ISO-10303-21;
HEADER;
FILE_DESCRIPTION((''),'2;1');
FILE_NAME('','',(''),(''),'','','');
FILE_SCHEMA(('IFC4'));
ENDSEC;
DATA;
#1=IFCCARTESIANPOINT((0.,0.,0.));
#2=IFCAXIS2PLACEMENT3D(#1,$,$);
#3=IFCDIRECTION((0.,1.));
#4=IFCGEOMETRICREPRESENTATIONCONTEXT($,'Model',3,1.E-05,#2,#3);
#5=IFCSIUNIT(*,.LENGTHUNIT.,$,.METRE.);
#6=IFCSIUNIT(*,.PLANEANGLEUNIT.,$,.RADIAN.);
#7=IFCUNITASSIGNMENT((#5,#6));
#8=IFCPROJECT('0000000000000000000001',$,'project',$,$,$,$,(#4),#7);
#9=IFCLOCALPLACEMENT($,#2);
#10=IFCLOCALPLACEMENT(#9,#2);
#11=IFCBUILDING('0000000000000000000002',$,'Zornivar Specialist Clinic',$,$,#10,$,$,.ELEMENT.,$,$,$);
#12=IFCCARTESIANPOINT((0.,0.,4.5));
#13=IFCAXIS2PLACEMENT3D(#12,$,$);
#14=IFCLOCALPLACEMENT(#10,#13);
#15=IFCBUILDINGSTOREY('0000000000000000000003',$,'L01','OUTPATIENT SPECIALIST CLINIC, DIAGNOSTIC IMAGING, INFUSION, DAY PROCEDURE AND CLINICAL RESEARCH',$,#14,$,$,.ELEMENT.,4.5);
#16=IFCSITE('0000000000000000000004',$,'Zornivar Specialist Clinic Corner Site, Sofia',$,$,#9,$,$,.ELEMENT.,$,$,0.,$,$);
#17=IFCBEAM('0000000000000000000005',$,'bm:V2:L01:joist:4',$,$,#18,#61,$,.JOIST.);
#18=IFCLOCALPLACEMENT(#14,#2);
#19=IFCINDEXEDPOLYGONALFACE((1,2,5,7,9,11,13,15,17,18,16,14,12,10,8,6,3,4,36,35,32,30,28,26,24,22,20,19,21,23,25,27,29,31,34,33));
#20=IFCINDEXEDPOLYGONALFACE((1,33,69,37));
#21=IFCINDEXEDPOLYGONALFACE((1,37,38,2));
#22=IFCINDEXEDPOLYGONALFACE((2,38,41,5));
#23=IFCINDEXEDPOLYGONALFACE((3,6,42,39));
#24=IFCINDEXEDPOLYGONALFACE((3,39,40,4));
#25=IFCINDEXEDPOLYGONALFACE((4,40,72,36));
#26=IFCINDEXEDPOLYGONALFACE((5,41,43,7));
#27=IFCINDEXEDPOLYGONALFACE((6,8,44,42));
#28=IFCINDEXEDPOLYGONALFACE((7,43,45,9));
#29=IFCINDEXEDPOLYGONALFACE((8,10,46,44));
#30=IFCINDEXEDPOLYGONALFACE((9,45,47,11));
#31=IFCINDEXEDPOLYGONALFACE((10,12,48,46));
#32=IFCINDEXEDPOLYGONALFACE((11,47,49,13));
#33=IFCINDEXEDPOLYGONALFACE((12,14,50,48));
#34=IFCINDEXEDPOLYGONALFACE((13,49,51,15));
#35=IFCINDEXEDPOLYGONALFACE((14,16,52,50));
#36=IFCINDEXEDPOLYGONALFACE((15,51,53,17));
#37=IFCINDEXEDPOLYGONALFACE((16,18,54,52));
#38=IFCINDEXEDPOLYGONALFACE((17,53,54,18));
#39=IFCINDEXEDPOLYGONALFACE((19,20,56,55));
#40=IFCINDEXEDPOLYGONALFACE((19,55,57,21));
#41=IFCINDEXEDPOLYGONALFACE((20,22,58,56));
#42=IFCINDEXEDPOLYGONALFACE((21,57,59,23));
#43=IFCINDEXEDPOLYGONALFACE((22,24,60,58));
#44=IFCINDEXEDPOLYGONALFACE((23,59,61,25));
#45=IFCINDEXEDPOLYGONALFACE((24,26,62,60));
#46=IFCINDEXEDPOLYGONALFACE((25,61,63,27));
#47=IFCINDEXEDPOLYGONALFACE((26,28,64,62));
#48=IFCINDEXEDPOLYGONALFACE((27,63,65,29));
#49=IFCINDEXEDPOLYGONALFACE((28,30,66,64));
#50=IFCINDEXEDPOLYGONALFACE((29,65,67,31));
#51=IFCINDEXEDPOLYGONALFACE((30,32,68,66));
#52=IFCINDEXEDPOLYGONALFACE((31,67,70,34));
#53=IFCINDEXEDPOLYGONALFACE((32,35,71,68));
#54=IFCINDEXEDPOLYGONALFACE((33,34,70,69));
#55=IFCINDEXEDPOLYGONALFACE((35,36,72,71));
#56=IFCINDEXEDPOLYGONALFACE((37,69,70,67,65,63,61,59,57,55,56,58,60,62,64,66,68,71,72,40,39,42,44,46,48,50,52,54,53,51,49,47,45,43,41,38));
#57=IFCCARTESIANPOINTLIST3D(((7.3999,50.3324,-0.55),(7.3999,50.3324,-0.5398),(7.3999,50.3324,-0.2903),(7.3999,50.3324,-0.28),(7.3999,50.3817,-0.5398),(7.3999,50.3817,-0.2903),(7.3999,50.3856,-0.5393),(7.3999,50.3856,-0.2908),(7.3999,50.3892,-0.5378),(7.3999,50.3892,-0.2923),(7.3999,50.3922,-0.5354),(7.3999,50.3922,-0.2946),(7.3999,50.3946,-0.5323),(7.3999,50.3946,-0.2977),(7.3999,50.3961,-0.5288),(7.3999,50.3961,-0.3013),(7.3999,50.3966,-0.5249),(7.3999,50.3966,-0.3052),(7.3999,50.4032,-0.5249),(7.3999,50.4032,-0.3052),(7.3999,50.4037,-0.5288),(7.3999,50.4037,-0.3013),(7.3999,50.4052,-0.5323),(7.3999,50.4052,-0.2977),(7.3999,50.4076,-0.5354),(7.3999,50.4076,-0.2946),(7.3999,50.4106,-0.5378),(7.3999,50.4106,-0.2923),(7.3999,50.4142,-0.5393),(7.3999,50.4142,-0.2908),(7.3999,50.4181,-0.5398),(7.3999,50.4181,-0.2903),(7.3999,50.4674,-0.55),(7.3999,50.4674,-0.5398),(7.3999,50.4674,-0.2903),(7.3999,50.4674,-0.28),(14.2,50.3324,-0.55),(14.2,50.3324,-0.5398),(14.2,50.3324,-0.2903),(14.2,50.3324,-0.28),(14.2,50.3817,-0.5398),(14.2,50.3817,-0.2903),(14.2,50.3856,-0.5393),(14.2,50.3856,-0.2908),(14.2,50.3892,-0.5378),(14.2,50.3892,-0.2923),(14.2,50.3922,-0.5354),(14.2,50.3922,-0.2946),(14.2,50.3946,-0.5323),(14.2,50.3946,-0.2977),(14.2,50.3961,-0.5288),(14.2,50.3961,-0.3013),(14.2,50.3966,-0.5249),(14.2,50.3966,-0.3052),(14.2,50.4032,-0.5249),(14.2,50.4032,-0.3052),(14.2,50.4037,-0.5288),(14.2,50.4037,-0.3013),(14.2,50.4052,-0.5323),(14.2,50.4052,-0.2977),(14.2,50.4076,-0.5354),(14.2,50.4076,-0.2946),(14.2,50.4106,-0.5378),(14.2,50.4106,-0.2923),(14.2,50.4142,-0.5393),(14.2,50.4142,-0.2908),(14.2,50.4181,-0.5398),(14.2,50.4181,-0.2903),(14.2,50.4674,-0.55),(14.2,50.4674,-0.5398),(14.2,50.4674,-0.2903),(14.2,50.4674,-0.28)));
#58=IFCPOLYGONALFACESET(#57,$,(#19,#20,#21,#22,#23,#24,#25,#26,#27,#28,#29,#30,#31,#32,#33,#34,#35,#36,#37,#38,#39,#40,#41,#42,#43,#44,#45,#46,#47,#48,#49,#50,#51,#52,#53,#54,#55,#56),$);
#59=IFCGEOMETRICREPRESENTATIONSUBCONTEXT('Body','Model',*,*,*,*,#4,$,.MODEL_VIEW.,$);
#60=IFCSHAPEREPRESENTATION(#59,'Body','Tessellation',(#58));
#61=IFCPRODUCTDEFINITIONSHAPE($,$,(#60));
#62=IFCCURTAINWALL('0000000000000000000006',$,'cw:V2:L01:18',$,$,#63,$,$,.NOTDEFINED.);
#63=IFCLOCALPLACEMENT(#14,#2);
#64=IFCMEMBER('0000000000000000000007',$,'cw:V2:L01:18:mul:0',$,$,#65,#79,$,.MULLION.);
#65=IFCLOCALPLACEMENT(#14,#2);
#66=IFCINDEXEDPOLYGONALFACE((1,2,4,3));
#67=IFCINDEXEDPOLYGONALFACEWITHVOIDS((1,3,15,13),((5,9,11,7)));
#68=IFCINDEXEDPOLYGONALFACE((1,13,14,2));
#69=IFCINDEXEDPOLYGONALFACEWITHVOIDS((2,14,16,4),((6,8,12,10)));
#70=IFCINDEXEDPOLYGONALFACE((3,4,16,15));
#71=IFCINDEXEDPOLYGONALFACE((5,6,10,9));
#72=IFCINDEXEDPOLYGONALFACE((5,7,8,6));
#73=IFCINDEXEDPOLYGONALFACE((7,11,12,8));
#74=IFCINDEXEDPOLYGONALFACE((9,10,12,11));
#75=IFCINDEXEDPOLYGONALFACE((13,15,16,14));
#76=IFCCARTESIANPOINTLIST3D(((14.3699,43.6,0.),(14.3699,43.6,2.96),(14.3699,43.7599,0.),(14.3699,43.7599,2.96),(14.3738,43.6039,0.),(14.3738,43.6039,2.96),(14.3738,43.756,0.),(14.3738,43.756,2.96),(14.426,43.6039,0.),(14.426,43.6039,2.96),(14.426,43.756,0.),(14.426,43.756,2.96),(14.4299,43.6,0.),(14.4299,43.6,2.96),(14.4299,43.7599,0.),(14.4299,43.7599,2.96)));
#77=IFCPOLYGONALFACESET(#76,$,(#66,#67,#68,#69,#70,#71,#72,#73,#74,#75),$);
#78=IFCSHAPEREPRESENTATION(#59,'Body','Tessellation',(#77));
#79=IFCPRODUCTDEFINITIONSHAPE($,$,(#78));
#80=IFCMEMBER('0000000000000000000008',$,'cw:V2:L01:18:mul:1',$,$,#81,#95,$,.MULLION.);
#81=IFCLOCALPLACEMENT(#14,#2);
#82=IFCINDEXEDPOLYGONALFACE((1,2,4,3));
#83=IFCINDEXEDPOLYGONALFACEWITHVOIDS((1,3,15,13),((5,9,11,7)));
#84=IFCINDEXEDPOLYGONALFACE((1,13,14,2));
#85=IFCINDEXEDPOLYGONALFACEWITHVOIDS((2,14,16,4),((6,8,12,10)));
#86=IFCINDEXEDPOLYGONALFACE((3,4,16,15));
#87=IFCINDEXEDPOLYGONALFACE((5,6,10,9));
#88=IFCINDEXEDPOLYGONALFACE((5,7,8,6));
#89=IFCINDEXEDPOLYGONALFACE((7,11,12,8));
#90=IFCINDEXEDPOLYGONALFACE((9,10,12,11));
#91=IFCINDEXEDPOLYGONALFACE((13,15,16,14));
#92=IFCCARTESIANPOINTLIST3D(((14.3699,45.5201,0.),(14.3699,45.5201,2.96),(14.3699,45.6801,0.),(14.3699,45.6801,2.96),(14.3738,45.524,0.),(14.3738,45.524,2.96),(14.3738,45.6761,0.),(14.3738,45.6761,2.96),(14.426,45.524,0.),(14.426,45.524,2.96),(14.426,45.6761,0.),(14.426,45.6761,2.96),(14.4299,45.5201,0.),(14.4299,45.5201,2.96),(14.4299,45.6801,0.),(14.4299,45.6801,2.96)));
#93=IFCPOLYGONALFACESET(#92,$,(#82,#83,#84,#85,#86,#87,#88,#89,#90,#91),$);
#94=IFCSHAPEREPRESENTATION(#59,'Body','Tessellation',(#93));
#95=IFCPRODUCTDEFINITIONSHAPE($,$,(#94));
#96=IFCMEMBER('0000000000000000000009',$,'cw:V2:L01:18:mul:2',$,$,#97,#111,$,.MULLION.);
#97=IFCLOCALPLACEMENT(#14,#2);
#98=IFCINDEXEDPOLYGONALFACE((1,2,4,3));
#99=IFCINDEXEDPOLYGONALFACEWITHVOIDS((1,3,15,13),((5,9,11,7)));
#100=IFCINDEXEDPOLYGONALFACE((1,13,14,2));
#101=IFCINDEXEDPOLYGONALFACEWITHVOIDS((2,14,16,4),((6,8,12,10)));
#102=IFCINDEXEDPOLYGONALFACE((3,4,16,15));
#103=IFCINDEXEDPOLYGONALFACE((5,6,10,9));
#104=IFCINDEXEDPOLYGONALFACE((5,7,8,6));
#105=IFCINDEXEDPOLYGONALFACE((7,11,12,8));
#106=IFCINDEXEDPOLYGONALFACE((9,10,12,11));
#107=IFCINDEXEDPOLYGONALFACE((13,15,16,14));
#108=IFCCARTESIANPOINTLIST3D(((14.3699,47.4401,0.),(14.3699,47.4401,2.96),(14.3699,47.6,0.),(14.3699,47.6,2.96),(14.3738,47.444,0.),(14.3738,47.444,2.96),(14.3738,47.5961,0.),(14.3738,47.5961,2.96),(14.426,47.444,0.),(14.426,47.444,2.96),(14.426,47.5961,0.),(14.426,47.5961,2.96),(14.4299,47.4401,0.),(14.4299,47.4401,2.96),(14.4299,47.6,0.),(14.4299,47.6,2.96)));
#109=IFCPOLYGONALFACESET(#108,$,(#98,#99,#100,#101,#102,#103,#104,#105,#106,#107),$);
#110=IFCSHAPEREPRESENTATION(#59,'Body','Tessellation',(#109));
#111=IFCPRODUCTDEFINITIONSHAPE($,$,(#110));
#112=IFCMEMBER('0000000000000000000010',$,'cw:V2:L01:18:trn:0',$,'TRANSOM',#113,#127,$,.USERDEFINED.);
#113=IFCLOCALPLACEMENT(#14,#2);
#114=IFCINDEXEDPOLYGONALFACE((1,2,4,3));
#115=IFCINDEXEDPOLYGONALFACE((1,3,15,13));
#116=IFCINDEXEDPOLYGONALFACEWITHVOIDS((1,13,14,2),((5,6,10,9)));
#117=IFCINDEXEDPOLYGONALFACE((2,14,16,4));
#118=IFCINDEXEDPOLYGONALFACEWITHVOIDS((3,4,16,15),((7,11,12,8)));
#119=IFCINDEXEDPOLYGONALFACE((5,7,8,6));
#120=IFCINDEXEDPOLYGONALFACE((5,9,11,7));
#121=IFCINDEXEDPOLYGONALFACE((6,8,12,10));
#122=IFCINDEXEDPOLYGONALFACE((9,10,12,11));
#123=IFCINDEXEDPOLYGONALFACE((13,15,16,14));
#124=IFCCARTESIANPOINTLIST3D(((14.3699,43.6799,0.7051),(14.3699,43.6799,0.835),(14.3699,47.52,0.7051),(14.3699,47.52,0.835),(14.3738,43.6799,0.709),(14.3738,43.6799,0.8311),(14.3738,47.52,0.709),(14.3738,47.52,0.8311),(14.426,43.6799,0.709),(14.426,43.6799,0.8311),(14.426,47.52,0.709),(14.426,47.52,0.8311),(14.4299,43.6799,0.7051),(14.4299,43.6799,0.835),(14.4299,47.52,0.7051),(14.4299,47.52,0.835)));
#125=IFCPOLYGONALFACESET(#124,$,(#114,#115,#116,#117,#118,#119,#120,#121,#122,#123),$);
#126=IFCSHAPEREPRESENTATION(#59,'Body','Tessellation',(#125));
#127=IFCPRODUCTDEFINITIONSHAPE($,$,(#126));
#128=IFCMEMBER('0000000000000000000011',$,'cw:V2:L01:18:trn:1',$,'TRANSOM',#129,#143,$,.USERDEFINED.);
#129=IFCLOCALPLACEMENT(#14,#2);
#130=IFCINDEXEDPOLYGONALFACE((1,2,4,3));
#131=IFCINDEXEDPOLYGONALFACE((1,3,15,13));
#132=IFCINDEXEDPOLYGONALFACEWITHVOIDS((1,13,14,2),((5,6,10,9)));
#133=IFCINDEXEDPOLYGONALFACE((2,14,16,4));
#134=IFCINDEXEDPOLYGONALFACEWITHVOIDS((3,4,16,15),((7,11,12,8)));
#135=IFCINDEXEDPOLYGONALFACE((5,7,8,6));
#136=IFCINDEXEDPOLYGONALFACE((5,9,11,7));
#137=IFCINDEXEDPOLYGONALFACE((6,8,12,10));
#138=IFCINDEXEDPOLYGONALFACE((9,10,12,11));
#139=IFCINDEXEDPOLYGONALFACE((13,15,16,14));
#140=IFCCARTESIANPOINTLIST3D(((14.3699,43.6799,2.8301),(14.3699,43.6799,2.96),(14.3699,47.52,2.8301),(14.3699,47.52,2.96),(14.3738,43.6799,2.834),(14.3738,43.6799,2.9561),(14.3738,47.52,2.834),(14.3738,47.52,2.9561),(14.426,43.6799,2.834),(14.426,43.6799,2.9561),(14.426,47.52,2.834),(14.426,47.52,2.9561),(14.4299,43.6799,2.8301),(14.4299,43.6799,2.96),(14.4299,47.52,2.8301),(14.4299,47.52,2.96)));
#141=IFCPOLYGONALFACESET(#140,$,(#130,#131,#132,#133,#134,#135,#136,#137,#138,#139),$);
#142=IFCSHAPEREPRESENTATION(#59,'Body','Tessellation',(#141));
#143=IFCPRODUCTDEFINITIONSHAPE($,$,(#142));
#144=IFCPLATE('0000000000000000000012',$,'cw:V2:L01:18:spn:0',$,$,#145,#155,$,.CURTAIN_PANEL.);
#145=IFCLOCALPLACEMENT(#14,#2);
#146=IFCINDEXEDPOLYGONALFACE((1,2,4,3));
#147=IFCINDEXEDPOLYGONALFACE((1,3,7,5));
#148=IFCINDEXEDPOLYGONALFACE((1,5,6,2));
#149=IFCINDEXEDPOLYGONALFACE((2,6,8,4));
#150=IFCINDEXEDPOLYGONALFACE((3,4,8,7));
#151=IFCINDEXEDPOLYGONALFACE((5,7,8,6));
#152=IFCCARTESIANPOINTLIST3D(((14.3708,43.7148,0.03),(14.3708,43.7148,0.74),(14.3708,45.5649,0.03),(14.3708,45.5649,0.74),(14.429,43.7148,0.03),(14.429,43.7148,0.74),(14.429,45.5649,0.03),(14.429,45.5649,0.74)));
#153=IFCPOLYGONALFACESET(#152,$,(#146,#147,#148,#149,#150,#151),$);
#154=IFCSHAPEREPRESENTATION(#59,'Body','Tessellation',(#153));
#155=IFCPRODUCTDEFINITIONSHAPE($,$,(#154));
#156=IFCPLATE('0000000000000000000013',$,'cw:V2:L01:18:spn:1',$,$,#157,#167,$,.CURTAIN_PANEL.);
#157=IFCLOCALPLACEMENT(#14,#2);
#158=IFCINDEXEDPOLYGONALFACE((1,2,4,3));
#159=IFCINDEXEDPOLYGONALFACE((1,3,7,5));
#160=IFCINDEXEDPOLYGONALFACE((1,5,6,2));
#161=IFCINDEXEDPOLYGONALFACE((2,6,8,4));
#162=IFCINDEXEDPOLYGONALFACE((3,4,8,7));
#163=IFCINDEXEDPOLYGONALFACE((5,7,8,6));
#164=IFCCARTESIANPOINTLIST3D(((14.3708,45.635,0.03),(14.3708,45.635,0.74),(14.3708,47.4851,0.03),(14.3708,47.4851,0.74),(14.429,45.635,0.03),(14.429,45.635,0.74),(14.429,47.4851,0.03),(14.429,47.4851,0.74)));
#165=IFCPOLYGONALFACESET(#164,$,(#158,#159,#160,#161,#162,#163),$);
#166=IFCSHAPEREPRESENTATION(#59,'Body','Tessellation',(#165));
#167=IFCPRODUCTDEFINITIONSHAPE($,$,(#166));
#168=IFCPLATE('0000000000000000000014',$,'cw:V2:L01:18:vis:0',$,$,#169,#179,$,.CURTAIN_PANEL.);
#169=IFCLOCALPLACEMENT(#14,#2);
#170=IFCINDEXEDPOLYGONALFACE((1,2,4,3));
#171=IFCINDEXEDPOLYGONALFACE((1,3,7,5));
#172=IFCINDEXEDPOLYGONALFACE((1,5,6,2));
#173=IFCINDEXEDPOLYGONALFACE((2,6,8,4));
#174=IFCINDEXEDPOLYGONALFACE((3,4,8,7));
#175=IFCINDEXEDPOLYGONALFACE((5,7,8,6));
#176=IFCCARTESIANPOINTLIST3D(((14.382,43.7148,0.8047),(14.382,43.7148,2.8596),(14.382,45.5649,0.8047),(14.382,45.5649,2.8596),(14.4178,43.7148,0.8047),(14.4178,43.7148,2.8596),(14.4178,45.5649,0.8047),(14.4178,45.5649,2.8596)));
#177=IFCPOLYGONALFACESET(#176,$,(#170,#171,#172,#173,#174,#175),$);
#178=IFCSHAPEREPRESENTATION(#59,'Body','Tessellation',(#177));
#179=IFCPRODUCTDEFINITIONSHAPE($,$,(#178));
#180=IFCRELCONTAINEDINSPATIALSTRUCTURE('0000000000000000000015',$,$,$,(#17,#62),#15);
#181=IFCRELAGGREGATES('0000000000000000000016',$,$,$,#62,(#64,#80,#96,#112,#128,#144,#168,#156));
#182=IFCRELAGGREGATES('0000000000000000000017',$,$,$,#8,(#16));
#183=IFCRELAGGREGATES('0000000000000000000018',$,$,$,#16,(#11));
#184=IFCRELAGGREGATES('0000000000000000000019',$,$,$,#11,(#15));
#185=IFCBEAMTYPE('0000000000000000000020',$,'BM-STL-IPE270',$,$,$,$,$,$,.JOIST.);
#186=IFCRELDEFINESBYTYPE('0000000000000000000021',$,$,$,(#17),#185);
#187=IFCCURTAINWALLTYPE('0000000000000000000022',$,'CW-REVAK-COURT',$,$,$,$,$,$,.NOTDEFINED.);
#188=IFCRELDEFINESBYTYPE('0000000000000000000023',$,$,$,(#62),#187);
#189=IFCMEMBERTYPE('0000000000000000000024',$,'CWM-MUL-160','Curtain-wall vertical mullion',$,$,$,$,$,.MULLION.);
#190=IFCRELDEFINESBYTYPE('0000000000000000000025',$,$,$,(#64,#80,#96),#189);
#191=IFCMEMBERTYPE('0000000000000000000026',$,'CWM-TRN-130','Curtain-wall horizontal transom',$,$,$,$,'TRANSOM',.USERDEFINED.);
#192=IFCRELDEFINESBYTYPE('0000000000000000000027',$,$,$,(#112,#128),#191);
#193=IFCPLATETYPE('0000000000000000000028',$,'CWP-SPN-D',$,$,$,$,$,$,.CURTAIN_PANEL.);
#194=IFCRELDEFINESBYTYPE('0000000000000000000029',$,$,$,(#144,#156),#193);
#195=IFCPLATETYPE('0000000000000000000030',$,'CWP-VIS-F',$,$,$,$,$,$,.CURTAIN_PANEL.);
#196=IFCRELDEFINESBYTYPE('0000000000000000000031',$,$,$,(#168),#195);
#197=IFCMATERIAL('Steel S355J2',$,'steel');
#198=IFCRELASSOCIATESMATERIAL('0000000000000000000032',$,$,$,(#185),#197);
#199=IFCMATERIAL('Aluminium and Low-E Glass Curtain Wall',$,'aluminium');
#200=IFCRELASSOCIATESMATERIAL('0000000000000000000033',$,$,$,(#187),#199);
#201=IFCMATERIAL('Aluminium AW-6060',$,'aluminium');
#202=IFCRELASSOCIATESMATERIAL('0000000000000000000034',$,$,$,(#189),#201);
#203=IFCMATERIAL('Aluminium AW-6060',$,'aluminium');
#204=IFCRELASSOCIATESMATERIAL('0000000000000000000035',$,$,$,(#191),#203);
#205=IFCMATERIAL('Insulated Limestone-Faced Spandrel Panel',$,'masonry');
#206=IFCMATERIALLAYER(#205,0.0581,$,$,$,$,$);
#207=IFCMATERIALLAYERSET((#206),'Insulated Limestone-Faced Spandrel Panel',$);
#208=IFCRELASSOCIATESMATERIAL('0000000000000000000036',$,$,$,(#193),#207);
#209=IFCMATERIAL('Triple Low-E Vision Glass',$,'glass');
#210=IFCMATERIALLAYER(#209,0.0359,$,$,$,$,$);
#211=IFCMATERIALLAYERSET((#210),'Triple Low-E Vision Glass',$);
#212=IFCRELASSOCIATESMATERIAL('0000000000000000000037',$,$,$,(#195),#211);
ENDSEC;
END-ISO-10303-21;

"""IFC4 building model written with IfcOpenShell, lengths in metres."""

from ifc_helpers import new_model, si_unit, direction, frame, origin, origin_2d, place, context, subcontext, project, spatial, rectangle, hollow_rectangle, i_section, extrude, material, layer, layer_set, material_profile, profile_set, type_object, element, aggregate, save


model = new_model("IFC4")

# Units and contexts
model_context = context("Model", 3, precision=1e-05, world=origin(), true_north=direction((0.0, 1.0)))
body_context = subcontext(model_context, "Body", "Model", "MODEL_VIEW")
ifc_project = project(units=[si_unit("LENGTHUNIT", "METRE"), si_unit("PLANEANGLEUNIT", "RADIAN")], contexts=[model_context])

# Site, building, storey
site_placement = place(None, origin())
site = spatial("IfcSite", under=ifc_project, at=site_placement, Name="Zornivar Specialist Clinic Corner Site, Sofia", CompositionType="ELEMENT", RefElevation=0.0)
building_placement = place(site_placement, origin())
building = spatial("IfcBuilding", under=site, at=building_placement, Name="Zornivar Specialist Clinic", CompositionType="ELEMENT")
storey_placement = place(building_placement, frame((0.0, 0.0, 4.5)))
storey = spatial("IfcBuildingStorey", under=building, at=storey_placement, Name="L01", Description="OUTPATIENT SPECIALIST CLINIC, DIAGNOSTIC IMAGING, INFUSION, DAY PROCEDURE AND CLINICAL RESEARCH", CompositionType="ELEMENT", Elevation=4.5)

# Beam
ifc_material_1 = material(Name="Steel S355J2", Category="steel")
ifc_material_profile_1 = material_profile(ifc_material_1, i_section(OverallWidth=0.135, OverallDepth=0.27, WebThickness=0.0066, FlangeThickness=0.0103, FilletRadius=0.0149, at=origin_2d()), Name="IPE 270")
ifc_profile_set_1 = profile_set([ifc_material_profile_1], Name="Steel S355J2")
beam_type_1 = type_object("IfcBeamType", Name="BM-STL-IPE270", PredefinedType="JOIST", material=ifc_profile_set_1)
for number, where, z_axis, x_axis, name in (
    (1, (7.3999, 50.3999, -0.415), (1.0, 0.0, 0.0), (0.0, 1.0, 0.0), "bm:V2:L01:joist:4"),
):
    element("IfcBeam", number, at=place(storey_placement, frame(where, z_axis=z_axis, x_axis=x_axis)), inside=storey, type_object=beam_type_1, Name=name, PredefinedType="JOIST", context=body_context, shape_type="SweptSolid", body=[
        extrude(i_section(OverallWidth=0.135, OverallDepth=0.27, WebThickness=0.0066, FlangeThickness=0.0103, FilletRadius=0.0149, at=origin_2d()), origin(), (0.0, 0.0, 1.0), 6.8),
    ])

# Curtain wall, members, plates
ifc_material_2 = material(Name="Aluminium and Low-E Glass Curtain Wall", Category="aluminium")
curtain_wall_type = type_object("IfcCurtainWallType", Name="CW-REVAK-COURT", PredefinedType="NOTDEFINED", material=ifc_material_2)
curtain_wall_placement = place(storey_placement, origin())
curtain_wall = element("IfcCurtainWall", 2, at=curtain_wall_placement, inside=storey, type_object=curtain_wall_type, Name="cw:V2:L01:18", PredefinedType="NOTDEFINED")
ifc_material_3 = material(Name="Aluminium AW-6060", Category="aluminium")
ifc_material_profile_2 = material_profile(ifc_material_3, hollow_rectangle(XDim=0.0601, YDim=0.1599, WallThickness=0.0039, at=origin_2d()), Name="ALU 60x160x4")
ifc_profile_set_2 = profile_set([ifc_material_profile_2], Name="Aluminium AW-6060")
member_type_1 = type_object("IfcMemberType", Name="CWM-MUL-160", Description="Curtain-wall vertical mullion", PredefinedType="MULLION", material=ifc_profile_set_2)
member_1_placement = place(storey_placement, frame((14.3999, 43.6799, 0.0), z_axis=(0.0, 0.0, 1.0), x_axis=(1.0, 0.0, 0.0)))
member_1 = element("IfcMember", 3, at=member_1_placement, type_object=member_type_1, Name="cw:V2:L01:18:mul:0", PredefinedType="MULLION", context=body_context, shape_type="SweptSolid", body=[
    extrude(hollow_rectangle(XDim=0.0601, YDim=0.1599, WallThickness=0.0039, at=origin_2d()), origin(), (0.0, 0.0, 1.0), 2.96),
])
member_2_placement = place(storey_placement, frame((14.3999, 45.6001, 0.0), z_axis=(0.0, 0.0, 1.0), x_axis=(1.0, 0.0, 0.0)))
member_2 = element("IfcMember", 4, at=member_2_placement, type_object=member_type_1, Name="cw:V2:L01:18:mul:1", PredefinedType="MULLION", context=body_context, shape_type="SweptSolid", body=[
    extrude(hollow_rectangle(XDim=0.0601, YDim=0.1599, WallThickness=0.0039, at=origin_2d()), origin(), (0.0, 0.0, 1.0), 2.96),
])
member_3_placement = place(storey_placement, frame((14.3999, 47.52, 0.0), z_axis=(0.0, 0.0, 1.0), x_axis=(1.0, 0.0, 0.0)))
member_3 = element("IfcMember", 5, at=member_3_placement, type_object=member_type_1, Name="cw:V2:L01:18:mul:2", PredefinedType="MULLION", context=body_context, shape_type="SweptSolid", body=[
    extrude(hollow_rectangle(XDim=0.0601, YDim=0.1599, WallThickness=0.0039, at=origin_2d()), origin(), (0.0, 0.0, 1.0), 2.96),
])
ifc_material_4 = material(Name="Aluminium AW-6060", Category="aluminium")
ifc_material_profile_3 = material_profile(ifc_material_4, hollow_rectangle(XDim=0.0601, YDim=0.1299, WallThickness=0.0039, at=origin_2d()), Name="ALU 60x130x4")
ifc_profile_set_3 = profile_set([ifc_material_profile_3], Name="Aluminium AW-6060")
member_type_2 = type_object("IfcMemberType", Name="CWM-TRN-130", Description="Curtain-wall horizontal transom", ElementType="TRANSOM", PredefinedType="USERDEFINED", material=ifc_profile_set_3)
member_4_placement = place(storey_placement, frame((14.3999, 43.6799, 0.77), z_axis=(0.0, 1.0, 0.0), x_axis=(-1.0, 0.0, 0.0)))
member_4 = element("IfcMember", 6, at=member_4_placement, type_object=member_type_2, Name="cw:V2:L01:18:trn:0", ObjectType="TRANSOM", PredefinedType="USERDEFINED", context=body_context, shape_type="SweptSolid", body=[
    extrude(hollow_rectangle(XDim=0.0601, YDim=0.1299, WallThickness=0.0039, at=origin_2d()), origin(), (0.0, 0.0, 1.0), 3.8401),
])
member_5_placement = place(storey_placement, frame((14.3999, 43.6799, 2.895), z_axis=(0.0, 1.0, 0.0), x_axis=(-1.0, 0.0, 0.0)))
member_5 = element("IfcMember", 7, at=member_5_placement, type_object=member_type_2, Name="cw:V2:L01:18:trn:1", ObjectType="TRANSOM", PredefinedType="USERDEFINED", context=body_context, shape_type="SweptSolid", body=[
    extrude(hollow_rectangle(XDim=0.0601, YDim=0.1299, WallThickness=0.0039, at=origin_2d()), origin(), (0.0, 0.0, 1.0), 3.8401),
])
ifc_material_5 = material(Name="Insulated Limestone-Faced Spandrel Panel", Category="masonry")
ifc_layer_1 = layer(ifc_material_5, 0.0581)
ifc_layer_set_1 = layer_set([ifc_layer_1], Name="Insulated Limestone-Faced Spandrel Panel")
plate_type_1 = type_object("IfcPlateType", Name="CWP-SPN-D", PredefinedType="CURTAIN_PANEL", material=ifc_layer_set_1)
plate_1_placement = place(storey_placement, frame((14.3999, 44.6399, 0.03), z_axis=(0.0, 0.0, 1.0), x_axis=(0.0, 1.0, 0.0)))
plate_1 = element("IfcPlate", 8, at=plate_1_placement, type_object=plate_type_1, Name="cw:V2:L01:18:spn:0", PredefinedType="CURTAIN_PANEL", context=body_context, shape_type="SweptSolid", body=[
    extrude(rectangle(XDim=1.8501, YDim=0.0581, at=origin_2d()), origin(), (0.0, 0.0, 1.0), 0.71),
])
plate_2_placement = place(storey_placement, frame((14.3999, 46.5601, 0.03), z_axis=(0.0, 0.0, 1.0), x_axis=(0.0, 1.0, 0.0)))
plate_2 = element("IfcPlate", 9, at=plate_2_placement, type_object=plate_type_1, Name="cw:V2:L01:18:spn:1", PredefinedType="CURTAIN_PANEL", context=body_context, shape_type="SweptSolid", body=[
    extrude(rectangle(XDim=1.8501, YDim=0.0581, at=origin_2d()), origin(), (0.0, 0.0, 1.0), 0.71),
])
ifc_material_6 = material(Name="Triple Low-E Vision Glass", Category="glass")
ifc_layer_2 = layer(ifc_material_6, 0.0359)
ifc_layer_set_2 = layer_set([ifc_layer_2], Name="Triple Low-E Vision Glass")
plate_type_2 = type_object("IfcPlateType", Name="CWP-VIS-F", PredefinedType="CURTAIN_PANEL", material=ifc_layer_set_2)
plate_3_placement = place(storey_placement, frame((14.3999, 44.6399, 0.8047), z_axis=(0.0, 0.0, 1.0), x_axis=(0.0, 1.0, 0.0)))
plate_3 = element("IfcPlate", 10, at=plate_3_placement, type_object=plate_type_2, Name="cw:V2:L01:18:vis:0", PredefinedType="CURTAIN_PANEL", context=body_context, shape_type="SweptSolid", body=[
    extrude(rectangle(XDim=1.8501, YDim=0.0359, at=origin_2d()), origin(), (0.0, 0.0, 1.0), 2.0549),
])
aggregate(curtain_wall, [member_1, member_2, member_3, member_4, member_5, plate_1, plate_3, plate_2])

save(model, "model.ifc")
